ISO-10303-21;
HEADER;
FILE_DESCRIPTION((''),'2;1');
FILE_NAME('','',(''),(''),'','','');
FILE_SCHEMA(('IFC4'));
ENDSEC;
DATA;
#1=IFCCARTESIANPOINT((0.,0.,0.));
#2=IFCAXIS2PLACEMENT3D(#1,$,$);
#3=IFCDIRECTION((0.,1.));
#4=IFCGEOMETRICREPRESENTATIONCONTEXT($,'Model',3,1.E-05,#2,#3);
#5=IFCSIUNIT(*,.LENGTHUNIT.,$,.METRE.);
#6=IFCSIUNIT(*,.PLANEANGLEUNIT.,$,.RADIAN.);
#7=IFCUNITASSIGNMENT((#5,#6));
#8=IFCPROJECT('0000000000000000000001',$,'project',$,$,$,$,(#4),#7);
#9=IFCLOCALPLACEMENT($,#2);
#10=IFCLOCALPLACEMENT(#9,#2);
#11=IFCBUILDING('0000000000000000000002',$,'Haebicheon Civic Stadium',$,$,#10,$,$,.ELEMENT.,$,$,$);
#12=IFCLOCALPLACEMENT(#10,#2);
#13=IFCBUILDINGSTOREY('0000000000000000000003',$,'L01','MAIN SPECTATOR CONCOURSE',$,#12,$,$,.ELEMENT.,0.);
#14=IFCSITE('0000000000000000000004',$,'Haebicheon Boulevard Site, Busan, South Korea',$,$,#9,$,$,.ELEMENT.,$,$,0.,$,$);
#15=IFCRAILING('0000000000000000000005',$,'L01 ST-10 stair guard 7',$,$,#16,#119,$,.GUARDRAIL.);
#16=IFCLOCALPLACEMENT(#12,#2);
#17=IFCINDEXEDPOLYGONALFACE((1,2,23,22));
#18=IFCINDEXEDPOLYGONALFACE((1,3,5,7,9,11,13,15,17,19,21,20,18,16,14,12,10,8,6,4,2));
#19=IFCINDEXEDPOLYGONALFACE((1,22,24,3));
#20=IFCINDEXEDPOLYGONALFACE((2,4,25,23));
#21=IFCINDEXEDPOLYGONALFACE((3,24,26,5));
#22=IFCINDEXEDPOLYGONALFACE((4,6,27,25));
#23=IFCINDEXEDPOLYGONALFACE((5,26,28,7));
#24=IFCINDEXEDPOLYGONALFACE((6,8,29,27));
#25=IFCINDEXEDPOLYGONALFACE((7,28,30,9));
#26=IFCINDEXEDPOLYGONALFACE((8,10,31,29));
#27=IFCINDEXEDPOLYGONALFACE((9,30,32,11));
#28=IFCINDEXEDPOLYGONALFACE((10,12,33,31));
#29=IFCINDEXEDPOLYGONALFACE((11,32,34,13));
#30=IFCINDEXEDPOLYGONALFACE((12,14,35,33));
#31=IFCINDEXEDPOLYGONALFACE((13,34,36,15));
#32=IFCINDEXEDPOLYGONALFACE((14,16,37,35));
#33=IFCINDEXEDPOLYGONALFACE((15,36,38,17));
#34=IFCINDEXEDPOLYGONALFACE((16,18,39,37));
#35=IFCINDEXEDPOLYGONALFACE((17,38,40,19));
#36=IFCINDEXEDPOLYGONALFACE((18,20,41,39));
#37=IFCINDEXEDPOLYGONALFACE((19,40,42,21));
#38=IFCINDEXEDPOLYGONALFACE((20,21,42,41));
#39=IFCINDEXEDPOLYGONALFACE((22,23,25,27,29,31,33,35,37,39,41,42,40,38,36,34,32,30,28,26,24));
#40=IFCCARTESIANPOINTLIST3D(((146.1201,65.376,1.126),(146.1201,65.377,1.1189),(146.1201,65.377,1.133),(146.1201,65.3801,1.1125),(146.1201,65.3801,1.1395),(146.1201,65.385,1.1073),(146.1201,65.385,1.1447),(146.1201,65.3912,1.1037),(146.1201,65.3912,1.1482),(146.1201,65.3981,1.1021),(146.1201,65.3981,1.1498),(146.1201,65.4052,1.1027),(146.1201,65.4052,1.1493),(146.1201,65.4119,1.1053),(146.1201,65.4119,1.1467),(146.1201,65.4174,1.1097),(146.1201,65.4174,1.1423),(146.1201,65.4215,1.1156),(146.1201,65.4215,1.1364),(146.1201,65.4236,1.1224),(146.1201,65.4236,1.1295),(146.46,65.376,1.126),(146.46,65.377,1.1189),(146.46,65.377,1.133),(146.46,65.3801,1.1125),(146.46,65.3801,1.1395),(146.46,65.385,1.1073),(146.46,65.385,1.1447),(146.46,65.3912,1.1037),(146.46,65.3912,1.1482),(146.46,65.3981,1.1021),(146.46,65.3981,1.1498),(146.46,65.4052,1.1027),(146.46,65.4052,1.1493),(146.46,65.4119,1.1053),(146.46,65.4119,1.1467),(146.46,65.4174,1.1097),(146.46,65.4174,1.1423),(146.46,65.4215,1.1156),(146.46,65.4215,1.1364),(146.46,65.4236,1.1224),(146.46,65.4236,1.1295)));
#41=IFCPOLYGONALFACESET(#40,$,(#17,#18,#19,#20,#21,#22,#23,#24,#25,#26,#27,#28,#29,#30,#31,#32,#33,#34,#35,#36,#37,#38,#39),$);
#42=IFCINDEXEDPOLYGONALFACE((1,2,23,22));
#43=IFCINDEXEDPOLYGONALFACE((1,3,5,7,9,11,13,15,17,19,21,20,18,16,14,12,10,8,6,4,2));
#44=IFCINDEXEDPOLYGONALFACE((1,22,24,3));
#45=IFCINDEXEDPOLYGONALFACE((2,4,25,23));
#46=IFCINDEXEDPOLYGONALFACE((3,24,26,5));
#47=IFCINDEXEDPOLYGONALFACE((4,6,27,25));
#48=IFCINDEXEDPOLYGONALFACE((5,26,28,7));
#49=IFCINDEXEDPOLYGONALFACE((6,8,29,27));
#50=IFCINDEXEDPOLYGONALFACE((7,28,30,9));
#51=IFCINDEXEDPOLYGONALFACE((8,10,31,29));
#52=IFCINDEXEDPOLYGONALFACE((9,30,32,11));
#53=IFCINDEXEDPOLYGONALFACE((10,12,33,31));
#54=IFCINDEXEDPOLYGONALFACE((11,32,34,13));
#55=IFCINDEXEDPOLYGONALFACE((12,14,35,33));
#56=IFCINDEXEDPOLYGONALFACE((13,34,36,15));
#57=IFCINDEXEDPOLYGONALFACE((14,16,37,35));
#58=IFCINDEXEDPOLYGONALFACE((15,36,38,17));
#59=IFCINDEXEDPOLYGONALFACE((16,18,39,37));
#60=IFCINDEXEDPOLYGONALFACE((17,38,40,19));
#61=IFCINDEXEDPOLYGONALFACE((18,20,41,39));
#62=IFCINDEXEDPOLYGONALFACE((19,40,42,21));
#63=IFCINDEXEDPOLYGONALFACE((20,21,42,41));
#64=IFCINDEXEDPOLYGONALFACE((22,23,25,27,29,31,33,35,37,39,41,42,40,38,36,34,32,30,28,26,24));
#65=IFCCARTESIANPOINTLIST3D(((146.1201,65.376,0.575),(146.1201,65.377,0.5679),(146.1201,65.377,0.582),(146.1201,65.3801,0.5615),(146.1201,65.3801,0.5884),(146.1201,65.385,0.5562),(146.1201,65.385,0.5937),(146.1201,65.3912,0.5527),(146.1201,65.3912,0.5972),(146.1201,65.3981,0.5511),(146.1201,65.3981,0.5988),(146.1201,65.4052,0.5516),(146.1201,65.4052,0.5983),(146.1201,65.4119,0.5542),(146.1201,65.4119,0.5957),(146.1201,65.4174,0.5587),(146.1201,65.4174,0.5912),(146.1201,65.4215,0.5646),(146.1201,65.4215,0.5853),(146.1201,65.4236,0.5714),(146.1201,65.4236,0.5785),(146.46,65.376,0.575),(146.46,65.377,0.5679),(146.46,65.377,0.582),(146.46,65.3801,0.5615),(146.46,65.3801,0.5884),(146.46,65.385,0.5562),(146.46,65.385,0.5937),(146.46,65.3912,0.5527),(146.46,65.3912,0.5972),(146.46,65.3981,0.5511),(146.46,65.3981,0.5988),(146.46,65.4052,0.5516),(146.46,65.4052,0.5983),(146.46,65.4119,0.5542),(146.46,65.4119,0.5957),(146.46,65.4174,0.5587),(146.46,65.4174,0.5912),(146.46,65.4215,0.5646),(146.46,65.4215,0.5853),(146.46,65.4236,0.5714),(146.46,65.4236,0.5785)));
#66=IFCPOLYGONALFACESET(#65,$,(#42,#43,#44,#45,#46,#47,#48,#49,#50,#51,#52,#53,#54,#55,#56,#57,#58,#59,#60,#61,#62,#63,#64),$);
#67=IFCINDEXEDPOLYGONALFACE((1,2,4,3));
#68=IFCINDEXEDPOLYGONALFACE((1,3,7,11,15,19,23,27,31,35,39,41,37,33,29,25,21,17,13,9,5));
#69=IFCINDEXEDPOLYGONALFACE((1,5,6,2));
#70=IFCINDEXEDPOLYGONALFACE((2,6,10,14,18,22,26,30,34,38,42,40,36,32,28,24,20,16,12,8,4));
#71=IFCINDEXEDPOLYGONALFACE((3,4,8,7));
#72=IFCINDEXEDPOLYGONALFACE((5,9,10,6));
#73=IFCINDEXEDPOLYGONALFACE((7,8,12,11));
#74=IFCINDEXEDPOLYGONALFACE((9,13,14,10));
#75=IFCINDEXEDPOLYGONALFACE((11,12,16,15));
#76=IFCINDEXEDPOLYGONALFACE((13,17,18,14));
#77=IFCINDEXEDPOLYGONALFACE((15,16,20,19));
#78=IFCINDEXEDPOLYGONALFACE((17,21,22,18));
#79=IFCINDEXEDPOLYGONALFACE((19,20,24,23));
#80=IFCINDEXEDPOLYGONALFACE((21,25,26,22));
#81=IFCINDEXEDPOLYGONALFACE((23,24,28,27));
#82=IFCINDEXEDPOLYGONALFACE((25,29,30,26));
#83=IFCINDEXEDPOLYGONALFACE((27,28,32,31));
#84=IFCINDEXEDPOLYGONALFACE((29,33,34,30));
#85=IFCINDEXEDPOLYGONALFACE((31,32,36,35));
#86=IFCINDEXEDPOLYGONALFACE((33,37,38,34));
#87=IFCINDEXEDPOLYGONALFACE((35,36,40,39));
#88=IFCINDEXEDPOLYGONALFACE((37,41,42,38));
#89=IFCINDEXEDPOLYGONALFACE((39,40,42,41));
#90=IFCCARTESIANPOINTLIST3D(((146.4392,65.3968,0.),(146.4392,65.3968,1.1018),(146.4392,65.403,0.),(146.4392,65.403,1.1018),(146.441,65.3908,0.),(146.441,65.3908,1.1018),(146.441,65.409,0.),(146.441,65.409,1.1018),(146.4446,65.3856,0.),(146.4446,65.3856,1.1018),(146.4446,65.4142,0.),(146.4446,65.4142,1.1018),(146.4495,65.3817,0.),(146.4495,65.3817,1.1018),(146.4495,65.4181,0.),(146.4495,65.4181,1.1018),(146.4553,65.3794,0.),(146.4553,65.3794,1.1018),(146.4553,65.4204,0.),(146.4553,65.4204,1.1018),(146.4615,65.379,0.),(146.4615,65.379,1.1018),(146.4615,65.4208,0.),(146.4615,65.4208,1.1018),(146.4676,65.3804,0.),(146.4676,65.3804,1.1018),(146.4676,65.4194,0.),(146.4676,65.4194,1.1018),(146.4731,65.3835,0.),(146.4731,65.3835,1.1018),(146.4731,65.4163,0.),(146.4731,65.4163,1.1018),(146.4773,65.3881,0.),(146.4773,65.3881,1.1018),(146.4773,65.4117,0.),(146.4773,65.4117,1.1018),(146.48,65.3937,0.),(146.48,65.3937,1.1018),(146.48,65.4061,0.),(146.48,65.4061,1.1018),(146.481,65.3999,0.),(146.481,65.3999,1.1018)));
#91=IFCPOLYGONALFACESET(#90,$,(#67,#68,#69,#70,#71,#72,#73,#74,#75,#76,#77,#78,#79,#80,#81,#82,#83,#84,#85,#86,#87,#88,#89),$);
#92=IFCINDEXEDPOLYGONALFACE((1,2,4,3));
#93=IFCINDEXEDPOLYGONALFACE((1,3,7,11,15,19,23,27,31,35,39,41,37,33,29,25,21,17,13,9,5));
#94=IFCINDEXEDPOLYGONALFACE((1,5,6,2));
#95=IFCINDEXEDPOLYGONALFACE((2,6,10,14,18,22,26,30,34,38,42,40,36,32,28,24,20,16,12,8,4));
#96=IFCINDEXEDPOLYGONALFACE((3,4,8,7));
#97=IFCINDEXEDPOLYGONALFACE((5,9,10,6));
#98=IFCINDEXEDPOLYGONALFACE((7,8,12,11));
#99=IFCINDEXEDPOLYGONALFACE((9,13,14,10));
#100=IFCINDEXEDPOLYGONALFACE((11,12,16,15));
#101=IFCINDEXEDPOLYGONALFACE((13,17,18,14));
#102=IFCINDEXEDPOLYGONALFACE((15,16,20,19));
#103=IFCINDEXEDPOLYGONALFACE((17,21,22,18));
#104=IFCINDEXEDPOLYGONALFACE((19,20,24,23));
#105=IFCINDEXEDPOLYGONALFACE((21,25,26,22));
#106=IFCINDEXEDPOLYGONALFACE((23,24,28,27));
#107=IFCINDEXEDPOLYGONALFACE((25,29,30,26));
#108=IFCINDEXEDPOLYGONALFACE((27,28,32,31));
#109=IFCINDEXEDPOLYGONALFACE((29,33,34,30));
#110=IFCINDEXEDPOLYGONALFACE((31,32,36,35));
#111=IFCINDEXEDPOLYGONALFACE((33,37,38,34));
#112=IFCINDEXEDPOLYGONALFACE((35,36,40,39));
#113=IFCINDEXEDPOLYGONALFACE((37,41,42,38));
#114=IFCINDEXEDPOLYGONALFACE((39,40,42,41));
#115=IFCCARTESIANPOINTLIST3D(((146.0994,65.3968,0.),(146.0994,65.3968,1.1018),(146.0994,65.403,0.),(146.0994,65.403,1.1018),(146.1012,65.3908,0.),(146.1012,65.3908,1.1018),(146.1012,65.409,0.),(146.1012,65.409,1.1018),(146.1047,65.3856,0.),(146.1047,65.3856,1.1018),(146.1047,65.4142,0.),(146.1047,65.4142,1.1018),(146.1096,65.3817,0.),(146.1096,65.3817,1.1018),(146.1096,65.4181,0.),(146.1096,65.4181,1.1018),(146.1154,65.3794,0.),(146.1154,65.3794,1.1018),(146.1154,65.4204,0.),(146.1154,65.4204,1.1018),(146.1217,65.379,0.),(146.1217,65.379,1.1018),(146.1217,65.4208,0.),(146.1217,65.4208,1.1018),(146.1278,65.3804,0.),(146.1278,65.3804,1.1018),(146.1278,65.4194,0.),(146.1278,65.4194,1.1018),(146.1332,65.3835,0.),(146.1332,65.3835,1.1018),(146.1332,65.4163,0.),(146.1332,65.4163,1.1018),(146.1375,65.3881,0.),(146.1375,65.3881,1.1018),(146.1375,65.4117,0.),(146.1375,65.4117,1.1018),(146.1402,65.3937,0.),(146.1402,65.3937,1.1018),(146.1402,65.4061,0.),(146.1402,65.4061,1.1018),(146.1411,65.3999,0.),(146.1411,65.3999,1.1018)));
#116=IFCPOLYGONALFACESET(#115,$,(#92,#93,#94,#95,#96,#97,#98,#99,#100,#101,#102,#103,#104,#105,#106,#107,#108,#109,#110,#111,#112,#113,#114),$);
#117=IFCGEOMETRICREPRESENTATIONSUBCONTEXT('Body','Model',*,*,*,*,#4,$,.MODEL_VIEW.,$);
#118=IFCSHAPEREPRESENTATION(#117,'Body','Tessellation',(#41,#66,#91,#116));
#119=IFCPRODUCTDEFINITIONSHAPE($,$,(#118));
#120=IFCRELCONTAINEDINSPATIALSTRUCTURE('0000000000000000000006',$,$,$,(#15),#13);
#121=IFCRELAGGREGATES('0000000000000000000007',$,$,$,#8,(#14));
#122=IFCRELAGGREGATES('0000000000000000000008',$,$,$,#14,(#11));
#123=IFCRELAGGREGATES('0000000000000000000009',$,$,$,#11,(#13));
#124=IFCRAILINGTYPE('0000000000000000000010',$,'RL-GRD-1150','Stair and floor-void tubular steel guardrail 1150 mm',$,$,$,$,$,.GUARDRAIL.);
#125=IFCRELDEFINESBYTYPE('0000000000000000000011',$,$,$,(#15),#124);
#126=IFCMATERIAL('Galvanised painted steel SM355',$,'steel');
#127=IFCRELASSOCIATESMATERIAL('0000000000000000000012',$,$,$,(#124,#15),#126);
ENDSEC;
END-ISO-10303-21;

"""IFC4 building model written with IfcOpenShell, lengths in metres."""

from ifc_helpers import new_model, si_unit, direction, frame, origin, origin_2d, place, context, subcontext, project, spatial, circle, extrude, material, type_object, element, save


model = new_model("IFC4")

# Units and contexts
model_context = context("Model", 3, precision=1e-05, world=origin(), true_north=direction((0.0, 1.0)))
body_context = subcontext(model_context, "Body", "Model", "MODEL_VIEW")
ifc_project = project(units=[si_unit("LENGTHUNIT", "METRE"), si_unit("PLANEANGLEUNIT", "RADIAN")], contexts=[model_context])

# Site, building, storey
site_placement = place(None, origin())
site = spatial("IfcSite", under=ifc_project, at=site_placement, Name="Haebicheon Boulevard Site, Busan, South Korea", CompositionType="ELEMENT", RefElevation=0.0)
building_placement = place(site_placement, origin())
building = spatial("IfcBuilding", under=site, at=building_placement, Name="Haebicheon Civic Stadium", CompositionType="ELEMENT")
storey_placement = place(building_placement, origin())
storey = spatial("IfcBuildingStorey", under=building, at=storey_placement, Name="L01", Description="MAIN SPECTATOR CONCOURSE", CompositionType="ELEMENT", Elevation=0.0)

# Railing
ifc_material_1 = material(Name="Galvanised painted steel SM355", Category="steel")
railing_type_1 = type_object("IfcRailingType", Name="RL-GRD-1150", Description="Stair and floor-void tubular steel guardrail 1150 mm", PredefinedType="GUARDRAIL", material=ifc_material_1)
railing_1_placement = place(storey_placement, frame((146.46, 65.3999, 0.0)))
element("IfcRailing", 1, at=railing_1_placement, inside=storey, type_object=railing_type_1, material=ifc_material_1, Name="L01 ST-10 stair guard 7", PredefinedType="GUARDRAIL", context=body_context, shape_type="SweptSolid", body=[
    extrude(circle(Radius=0.0239, at=origin_2d()), frame((0.0, 0.0, 1.126), z_axis=(-1.0, 0.0, 0.0), x_axis=(0.0, -1.0, 0.0)), (0.0, 0.0, 1.0), 0.3398),
    extrude(circle(Radius=0.0239, at=origin_2d()), frame((0.0, 0.0, 0.575), z_axis=(-1.0, 0.0, 0.0), x_axis=(0.0, -1.0, 0.0)), (0.0, 0.0, 1.0), 0.3398),
    extrude(circle(Radius=0.021, at=origin_2d()), origin(), (0.0, 0.0, 1.0), 1.1018),
    extrude(circle(Radius=0.021, at=origin_2d()), frame((-0.3398, 0.0, 0.0)), (0.0, 0.0, 1.0), 1.1018),
])

save(model, "model.ifc")
